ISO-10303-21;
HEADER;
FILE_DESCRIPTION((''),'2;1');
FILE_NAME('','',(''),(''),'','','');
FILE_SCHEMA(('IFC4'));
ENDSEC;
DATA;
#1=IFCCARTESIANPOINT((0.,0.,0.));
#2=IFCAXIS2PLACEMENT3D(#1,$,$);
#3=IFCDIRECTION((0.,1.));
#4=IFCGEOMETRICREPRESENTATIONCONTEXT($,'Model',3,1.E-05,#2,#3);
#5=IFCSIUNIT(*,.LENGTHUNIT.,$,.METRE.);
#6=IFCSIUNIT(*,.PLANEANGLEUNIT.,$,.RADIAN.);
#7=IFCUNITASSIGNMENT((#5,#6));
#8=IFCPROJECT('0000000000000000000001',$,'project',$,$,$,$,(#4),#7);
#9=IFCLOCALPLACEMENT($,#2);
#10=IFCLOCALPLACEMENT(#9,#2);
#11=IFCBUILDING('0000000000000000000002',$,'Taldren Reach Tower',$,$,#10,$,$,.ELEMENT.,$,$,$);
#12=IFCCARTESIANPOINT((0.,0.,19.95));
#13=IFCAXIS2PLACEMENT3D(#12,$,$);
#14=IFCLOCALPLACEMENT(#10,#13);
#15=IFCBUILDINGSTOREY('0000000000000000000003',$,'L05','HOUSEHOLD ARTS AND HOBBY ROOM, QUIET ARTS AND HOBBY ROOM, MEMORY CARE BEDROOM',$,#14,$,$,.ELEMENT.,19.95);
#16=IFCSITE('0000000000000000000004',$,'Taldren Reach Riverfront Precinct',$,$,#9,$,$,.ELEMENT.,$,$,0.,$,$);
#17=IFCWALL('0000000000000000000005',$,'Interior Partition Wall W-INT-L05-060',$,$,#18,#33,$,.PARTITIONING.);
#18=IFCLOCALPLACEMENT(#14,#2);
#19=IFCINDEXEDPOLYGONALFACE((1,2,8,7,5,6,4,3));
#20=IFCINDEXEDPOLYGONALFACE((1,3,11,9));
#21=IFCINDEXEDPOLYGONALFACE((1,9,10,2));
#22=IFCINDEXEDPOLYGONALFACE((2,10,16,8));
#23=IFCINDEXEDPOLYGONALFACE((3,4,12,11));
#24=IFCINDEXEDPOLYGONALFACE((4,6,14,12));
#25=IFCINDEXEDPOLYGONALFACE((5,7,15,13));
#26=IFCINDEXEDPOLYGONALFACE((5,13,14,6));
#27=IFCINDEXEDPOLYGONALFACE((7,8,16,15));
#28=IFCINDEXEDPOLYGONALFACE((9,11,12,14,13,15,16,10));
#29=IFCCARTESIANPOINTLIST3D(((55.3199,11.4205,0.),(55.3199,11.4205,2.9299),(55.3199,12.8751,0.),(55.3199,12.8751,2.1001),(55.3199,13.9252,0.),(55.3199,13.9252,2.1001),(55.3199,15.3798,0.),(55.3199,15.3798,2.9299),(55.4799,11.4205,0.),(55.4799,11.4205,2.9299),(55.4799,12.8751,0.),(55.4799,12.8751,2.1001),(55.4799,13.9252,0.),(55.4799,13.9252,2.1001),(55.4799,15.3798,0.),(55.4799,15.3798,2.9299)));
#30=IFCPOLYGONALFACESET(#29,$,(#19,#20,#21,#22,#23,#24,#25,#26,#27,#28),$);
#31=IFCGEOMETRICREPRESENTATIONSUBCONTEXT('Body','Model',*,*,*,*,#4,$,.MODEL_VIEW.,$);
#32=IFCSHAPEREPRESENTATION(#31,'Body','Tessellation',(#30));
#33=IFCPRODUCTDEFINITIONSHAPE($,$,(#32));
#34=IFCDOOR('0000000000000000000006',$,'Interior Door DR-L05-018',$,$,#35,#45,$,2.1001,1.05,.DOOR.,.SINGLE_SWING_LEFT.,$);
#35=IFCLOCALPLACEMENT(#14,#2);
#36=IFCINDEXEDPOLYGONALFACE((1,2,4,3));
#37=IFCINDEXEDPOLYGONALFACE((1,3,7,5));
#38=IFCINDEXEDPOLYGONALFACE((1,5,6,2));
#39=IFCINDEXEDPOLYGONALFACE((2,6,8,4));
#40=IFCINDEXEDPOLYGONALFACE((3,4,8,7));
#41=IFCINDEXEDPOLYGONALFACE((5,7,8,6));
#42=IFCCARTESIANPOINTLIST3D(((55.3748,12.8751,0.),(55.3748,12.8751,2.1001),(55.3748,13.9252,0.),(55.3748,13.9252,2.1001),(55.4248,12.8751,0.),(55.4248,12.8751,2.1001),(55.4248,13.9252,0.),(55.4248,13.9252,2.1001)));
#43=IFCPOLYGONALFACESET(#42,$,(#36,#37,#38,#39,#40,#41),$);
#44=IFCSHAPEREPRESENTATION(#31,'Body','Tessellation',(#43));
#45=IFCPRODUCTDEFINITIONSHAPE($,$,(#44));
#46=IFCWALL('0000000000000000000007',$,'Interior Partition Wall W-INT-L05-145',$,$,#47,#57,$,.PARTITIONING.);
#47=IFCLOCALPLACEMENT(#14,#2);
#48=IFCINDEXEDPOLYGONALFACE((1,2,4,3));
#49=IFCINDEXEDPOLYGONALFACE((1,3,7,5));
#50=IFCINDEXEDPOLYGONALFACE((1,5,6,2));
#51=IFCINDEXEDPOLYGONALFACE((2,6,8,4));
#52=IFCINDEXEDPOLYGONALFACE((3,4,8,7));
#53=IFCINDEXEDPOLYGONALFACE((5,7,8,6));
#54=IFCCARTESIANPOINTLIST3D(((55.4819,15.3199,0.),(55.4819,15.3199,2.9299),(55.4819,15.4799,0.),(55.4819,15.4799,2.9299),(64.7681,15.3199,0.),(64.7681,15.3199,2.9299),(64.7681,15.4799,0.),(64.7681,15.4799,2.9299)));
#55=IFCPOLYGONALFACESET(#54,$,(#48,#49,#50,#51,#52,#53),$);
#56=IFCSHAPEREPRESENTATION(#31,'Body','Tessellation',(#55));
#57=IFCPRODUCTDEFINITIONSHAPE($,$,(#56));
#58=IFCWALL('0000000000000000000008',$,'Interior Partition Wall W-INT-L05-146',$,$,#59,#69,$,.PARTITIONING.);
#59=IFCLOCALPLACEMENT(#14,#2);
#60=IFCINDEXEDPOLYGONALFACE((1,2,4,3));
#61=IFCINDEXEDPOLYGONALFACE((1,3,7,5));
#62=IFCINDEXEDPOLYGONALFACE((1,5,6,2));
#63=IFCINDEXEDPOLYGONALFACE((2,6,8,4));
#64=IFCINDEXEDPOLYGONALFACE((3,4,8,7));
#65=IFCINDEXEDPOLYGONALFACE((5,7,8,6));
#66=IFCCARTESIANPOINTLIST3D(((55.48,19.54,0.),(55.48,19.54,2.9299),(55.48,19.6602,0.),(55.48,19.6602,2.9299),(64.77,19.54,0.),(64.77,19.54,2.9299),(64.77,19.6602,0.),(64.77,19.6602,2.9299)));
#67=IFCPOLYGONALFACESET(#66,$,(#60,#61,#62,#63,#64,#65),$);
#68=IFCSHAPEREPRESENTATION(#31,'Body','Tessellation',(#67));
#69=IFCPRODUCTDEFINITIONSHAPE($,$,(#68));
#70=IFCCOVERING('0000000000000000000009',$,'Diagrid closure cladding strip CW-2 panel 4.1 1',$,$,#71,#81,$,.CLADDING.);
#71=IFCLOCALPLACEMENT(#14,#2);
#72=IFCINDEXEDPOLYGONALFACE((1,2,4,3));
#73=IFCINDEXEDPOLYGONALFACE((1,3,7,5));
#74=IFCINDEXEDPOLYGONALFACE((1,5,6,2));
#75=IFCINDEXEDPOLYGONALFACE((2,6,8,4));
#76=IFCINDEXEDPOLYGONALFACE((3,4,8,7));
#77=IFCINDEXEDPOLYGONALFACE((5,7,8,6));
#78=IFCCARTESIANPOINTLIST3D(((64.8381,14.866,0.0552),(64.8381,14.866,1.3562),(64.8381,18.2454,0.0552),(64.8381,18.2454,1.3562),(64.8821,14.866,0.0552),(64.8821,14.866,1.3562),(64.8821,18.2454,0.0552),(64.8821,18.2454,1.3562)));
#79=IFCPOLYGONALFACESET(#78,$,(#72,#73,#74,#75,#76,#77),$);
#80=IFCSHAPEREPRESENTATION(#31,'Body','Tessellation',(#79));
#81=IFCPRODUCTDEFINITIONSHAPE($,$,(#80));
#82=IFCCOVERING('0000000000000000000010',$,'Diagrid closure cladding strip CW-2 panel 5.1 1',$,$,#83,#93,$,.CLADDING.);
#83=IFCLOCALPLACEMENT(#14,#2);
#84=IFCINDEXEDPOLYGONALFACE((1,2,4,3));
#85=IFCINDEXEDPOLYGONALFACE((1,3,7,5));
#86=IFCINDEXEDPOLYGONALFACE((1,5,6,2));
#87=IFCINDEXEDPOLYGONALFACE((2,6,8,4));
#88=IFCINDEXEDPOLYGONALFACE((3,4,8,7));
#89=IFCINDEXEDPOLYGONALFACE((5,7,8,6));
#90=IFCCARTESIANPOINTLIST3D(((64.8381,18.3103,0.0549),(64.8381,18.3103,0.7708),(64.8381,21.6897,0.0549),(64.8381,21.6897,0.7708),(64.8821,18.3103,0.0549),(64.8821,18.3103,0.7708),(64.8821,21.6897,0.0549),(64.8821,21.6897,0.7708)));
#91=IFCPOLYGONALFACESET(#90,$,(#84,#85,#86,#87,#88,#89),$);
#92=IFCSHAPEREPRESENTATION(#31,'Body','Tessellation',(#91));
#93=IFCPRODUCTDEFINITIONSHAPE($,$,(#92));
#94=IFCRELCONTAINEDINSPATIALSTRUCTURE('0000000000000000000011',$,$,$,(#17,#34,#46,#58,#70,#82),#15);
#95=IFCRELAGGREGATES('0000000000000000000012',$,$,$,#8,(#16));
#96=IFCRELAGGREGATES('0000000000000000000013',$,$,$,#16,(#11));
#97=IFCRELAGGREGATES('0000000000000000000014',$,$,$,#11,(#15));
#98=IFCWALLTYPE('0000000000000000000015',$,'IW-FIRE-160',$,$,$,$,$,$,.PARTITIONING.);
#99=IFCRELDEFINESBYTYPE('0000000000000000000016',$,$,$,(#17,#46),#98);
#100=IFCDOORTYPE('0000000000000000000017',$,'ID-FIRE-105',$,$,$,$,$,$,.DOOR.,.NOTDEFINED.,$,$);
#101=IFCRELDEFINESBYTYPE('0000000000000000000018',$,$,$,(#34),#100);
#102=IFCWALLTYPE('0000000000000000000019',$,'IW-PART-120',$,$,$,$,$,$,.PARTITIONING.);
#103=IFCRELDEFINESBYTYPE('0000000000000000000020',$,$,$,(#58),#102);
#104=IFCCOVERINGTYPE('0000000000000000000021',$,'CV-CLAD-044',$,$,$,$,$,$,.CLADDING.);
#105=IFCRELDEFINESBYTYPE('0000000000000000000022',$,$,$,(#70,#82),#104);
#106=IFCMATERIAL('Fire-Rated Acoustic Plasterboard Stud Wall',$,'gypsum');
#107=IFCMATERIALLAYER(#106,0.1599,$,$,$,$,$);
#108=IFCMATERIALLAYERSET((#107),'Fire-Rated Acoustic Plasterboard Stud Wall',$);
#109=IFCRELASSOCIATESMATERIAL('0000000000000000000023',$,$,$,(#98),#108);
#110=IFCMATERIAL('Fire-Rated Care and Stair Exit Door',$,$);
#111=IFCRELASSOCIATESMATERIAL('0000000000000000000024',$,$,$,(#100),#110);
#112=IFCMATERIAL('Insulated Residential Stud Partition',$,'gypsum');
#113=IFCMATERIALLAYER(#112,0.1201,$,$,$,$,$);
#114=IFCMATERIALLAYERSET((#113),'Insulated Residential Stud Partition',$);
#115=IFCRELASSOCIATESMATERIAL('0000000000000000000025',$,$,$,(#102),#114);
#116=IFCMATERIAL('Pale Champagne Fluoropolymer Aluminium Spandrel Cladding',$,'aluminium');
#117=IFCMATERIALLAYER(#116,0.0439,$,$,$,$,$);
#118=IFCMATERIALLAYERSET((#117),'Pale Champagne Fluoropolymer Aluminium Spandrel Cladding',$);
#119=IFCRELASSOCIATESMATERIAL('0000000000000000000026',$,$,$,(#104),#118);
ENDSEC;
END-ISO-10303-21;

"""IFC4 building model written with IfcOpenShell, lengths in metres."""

from ifc_helpers import new_model, si_unit, direction, frame, frame_2d, origin, origin_2d, place, context, subcontext, project, spatial, rectangle, extrude, source, transform, mapped, material, layer, layer_set, type_object, element, fill, save


model = new_model("IFC4")

# Units and contexts
model_context = context("Model", 3, precision=1e-05, world=origin(), true_north=direction((0.0, 1.0)))
body_context = subcontext(model_context, "Body", "Model", "MODEL_VIEW")
ifc_project = project(units=[si_unit("LENGTHUNIT", "METRE"), si_unit("PLANEANGLEUNIT", "RADIAN")], contexts=[model_context])

# Site, building, storey
site_placement = place(None, origin())
site = spatial("IfcSite", under=ifc_project, at=site_placement, Name="Taldren Reach Riverfront Precinct", CompositionType="ELEMENT", RefElevation=0.0)
building_placement = place(site_placement, origin())
building = spatial("IfcBuilding", under=site, at=building_placement, Name="Taldren Reach Tower", CompositionType="ELEMENT")
storey_placement = place(building_placement, frame((0.0, 0.0, 19.95)))
storey = spatial("IfcBuildingStorey", under=building, at=storey_placement, Name="L05", Description="HOUSEHOLD ARTS AND HOBBY ROOM, QUIET ARTS AND HOBBY ROOM, MEMORY CARE BEDROOM", CompositionType="ELEMENT", Elevation=19.95)

# Wall, opening, door
ifc_material_1 = material(Name="Fire-Rated Acoustic Plasterboard Stud Wall", Category="gypsum")
ifc_layer_1 = layer(ifc_material_1, 0.1599)
ifc_layer_set_1 = layer_set([ifc_layer_1], Name="Fire-Rated Acoustic Plasterboard Stud Wall")
wall_type_1 = type_object("IfcWallType", Name="IW-FIRE-160", PredefinedType="PARTITIONING", material=ifc_layer_set_1)
shared_shape_1 = source(origin(), body_context, "Body", "SweptSolid", [
    extrude(rectangle(XDim=3.9592, YDim=0.1599, at=frame_2d((1.9795, 0.0))), origin(), (0.0, 0.0, 1.0), 2.9299),
])
wall_1_placement = place(storey_placement, frame((55.3999, 15.3796, 0.0), z_axis=(0.0, 0.0, 1.0), x_axis=(0.0, -1.0, 0.0)))
wall_1 = element("IfcWall", 1, at=wall_1_placement, inside=storey, type_object=wall_type_1, Name="Interior Partition Wall W-INT-L05-060", PredefinedType="PARTITIONING", context=body_context, shape_type="MappedRepresentation", body=[
    mapped(shared_shape_1, transform((0.0, 0.0, 0.0), scale=1.0)),
])
shared_shape_2 = source(origin(), body_context, "Body", "SweptSolid", [
    extrude(rectangle(XDim=1.05, YDim=2.1001, at=frame_2d((0.5249, 1.05))), frame((0.0, 0.0898, 0.0), z_axis=(0.0, -1.0, 0.0), x_axis=(1.0, 0.0, 0.0)), (0.0, 0.0, 1.0), 0.1799),
])
opening_1_placement = place(wall_1_placement, frame((1.4546, 0.0, 0.0)))
opening_1 = element("IfcOpeningElement", 2, at=opening_1_placement, cuts=wall_1, PredefinedType="OPENING", context=body_context, shape_type="MappedRepresentation", body=[
    mapped(shared_shape_2, transform((0.0, 0.0, 0.0), scale=1.0)),
])
ifc_material_2 = material(Name="Fire-Rated Care and Stair Exit Door")
door_type_1 = type_object("IfcDoorType", Name="ID-FIRE-105", OperationType="NOTDEFINED", PredefinedType="DOOR", material=ifc_material_2)
shared_shape_3 = source(origin(), body_context, "Body", "SweptSolid", [
    extrude(rectangle(XDim=1.05, YDim=2.1001, at=frame_2d((0.5249, 1.05))), frame((0.0, 0.0249, 0.0), z_axis=(0.0, -1.0, 0.0), x_axis=(1.0, 0.0, 0.0)), (0.0, 0.0, 1.0), 0.05),
])
door_1_placement = place(opening_1_placement, origin())
door_1 = element("IfcDoor", 3, at=door_1_placement, inside=storey, type_object=door_type_1, Name="Interior Door DR-L05-018", OperationType="SINGLE_SWING_LEFT", OverallHeight=2.1001, OverallWidth=1.05, PredefinedType="DOOR", context=body_context, shape_type="MappedRepresentation", body=[
    mapped(shared_shape_3, transform((0.0, 0.0, 0.0), scale=1.0)),
])
fill(opening_1, door_1)

# Walls
shared_shape_4 = source(origin(), body_context, "Body", "SweptSolid", [
    extrude(rectangle(XDim=9.2861, YDim=0.1599, at=frame_2d((4.6431, 0.0))), origin(), (0.0, 0.0, 1.0), 2.9299),
])
wall_2_placement = place(storey_placement, frame((55.4819, 15.3999, 0.0), z_axis=(0.0, 0.0, 1.0), x_axis=(1.0, 0.0, 0.0)))
element("IfcWall", 4, at=wall_2_placement, inside=storey, type_object=wall_type_1, Name="Interior Partition Wall W-INT-L05-145", PredefinedType="PARTITIONING", context=body_context, shape_type="MappedRepresentation", body=[
    mapped(shared_shape_4, transform((0.0, 0.0, 0.0), scale=1.0)),
])
ifc_material_3 = material(Name="Insulated Residential Stud Partition", Category="gypsum")
ifc_layer_2 = layer(ifc_material_3, 0.1201)
ifc_layer_set_2 = layer_set([ifc_layer_2], Name="Insulated Residential Stud Partition")
wall_type_2 = type_object("IfcWallType", Name="IW-PART-120", PredefinedType="PARTITIONING", material=ifc_layer_set_2)
shared_shape_5 = source(origin(), body_context, "Body", "SweptSolid", [
    extrude(rectangle(XDim=9.29, YDim=0.1201, at=frame_2d((4.645, 0.0))), origin(), (0.0, 0.0, 1.0), 2.9299),
])
wall_3_placement = place(storey_placement, frame((55.48, 19.6001, 0.0), z_axis=(0.0, 0.0, 1.0), x_axis=(1.0, 0.0, 0.0)))
element("IfcWall", 5, at=wall_3_placement, inside=storey, type_object=wall_type_2, Name="Interior Partition Wall W-INT-L05-146", PredefinedType="PARTITIONING", context=body_context, shape_type="MappedRepresentation", body=[
    mapped(shared_shape_5, transform((0.0, 0.0, 0.0), scale=1.0)),
])

# Coverings
ifc_material_4 = material(Name="Pale Champagne Fluoropolymer Aluminium Spandrel Cladding", Category="aluminium")
ifc_layer_3 = layer(ifc_material_4, 0.0439)
ifc_layer_set_3 = layer_set([ifc_layer_3], Name="Pale Champagne Fluoropolymer Aluminium Spandrel Cladding")
covering_type = type_object("IfcCoveringType", Name="CV-CLAD-044", PredefinedType="CLADDING", material=ifc_layer_set_3)
shared_shape_6 = source(origin(), body_context, "Body", "SweptSolid", [
    extrude(rectangle(XDim=3.3794, YDim=0.0439, at=origin_2d()), origin(), (0.0, 0.0, 1.0), 1.301),
])
covering_1_placement = place(storey_placement, frame((64.8601, 16.5557, 0.0552), z_axis=(0.0, 0.0, 1.0), x_axis=(0.0, 1.0, 0.0)))
element("IfcCovering", 6, at=covering_1_placement, inside=storey, type_object=covering_type, Name="Diagrid closure cladding strip CW-2 panel 4.1 1", PredefinedType="CLADDING", context=body_context, shape_type="MappedRepresentation", body=[
    mapped(shared_shape_6, transform((0.0, 0.0, 0.0), scale=1.0)),
])
shared_shape_7 = source(origin(), body_context, "Body", "SweptSolid", [
    extrude(rectangle(XDim=3.3794, YDim=0.0439, at=origin_2d()), origin(), (0.0, 0.0, 1.0), 0.7158),
])
covering_2_placement = place(storey_placement, frame((64.8601, 20.0, 0.0549), z_axis=(0.0, 0.0, 1.0), x_axis=(0.0, 1.0, 0.0)))
element("IfcCovering", 7, at=covering_2_placement, inside=storey, type_object=covering_type, Name="Diagrid closure cladding strip CW-2 panel 5.1 1", PredefinedType="CLADDING", context=body_context, shape_type="MappedRepresentation", body=[
    mapped(shared_shape_7, transform((0.0, 0.0, 0.0), scale=1.0)),
])

save(model, "model.ifc")
